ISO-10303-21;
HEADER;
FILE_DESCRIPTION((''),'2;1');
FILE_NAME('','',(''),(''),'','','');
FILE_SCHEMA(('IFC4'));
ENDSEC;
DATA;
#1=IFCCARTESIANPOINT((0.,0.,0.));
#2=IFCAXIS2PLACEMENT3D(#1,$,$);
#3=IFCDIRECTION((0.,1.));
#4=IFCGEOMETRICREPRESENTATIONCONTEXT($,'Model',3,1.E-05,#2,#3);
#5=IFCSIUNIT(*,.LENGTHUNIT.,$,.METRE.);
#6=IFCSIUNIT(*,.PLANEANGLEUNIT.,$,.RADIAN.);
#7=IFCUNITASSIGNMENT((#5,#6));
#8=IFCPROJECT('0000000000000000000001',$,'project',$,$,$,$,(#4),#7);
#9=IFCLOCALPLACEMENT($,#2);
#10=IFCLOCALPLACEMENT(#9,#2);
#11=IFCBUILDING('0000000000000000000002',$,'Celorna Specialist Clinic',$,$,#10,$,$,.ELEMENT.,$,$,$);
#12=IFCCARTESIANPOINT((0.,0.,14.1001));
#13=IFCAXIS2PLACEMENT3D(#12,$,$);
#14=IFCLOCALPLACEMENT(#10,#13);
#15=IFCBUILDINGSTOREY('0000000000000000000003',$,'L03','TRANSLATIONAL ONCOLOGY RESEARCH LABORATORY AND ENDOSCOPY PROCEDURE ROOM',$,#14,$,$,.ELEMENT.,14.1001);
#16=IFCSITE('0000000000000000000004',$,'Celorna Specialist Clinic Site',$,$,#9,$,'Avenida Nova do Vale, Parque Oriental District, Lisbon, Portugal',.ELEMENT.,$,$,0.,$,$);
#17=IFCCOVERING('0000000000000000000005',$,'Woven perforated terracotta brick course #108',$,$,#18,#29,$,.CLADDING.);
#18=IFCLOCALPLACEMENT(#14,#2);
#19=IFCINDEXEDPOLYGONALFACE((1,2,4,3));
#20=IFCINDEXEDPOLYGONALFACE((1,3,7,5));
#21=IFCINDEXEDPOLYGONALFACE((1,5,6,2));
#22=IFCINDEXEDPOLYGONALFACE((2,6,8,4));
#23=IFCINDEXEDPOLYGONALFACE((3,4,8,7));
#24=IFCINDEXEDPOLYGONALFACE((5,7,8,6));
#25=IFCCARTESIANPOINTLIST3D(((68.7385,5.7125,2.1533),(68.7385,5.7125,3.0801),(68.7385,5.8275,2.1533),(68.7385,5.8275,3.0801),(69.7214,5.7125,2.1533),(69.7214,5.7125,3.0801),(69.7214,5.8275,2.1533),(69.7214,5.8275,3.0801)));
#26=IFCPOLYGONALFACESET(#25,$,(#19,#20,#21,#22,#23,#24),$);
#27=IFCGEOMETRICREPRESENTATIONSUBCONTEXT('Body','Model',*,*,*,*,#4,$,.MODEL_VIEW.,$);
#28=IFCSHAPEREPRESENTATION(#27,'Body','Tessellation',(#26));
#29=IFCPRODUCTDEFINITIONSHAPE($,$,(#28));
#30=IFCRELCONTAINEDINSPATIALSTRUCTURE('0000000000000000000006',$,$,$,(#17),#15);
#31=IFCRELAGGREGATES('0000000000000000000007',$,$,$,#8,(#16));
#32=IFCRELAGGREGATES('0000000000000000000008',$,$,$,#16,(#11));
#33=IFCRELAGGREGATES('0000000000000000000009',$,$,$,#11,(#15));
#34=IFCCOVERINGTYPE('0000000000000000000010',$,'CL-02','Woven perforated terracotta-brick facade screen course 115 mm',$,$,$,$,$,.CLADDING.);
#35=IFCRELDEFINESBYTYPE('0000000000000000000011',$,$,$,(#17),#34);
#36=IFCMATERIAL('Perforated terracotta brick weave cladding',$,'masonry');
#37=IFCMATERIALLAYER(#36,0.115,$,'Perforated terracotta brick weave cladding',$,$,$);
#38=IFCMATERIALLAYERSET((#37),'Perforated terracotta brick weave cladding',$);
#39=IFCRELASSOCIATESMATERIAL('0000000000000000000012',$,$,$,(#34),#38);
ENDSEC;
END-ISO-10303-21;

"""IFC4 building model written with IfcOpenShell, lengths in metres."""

from ifc_helpers import new_model, si_unit, direction, frame, origin, origin_2d, place, context, subcontext, project, spatial, rectangle, extrude, material, layer, layer_set, type_object, element, save


model = new_model("IFC4")

# Units and contexts
model_context = context("Model", 3, precision=1e-05, world=origin(), true_north=direction((0.0, 1.0)))
body_context = subcontext(model_context, "Body", "Model", "MODEL_VIEW")
ifc_project = project(units=[si_unit("LENGTHUNIT", "METRE"), si_unit("PLANEANGLEUNIT", "RADIAN")], contexts=[model_context])

# Site, building, storey
site_placement = place(None, origin())
site = spatial("IfcSite", under=ifc_project, at=site_placement, Name="Celorna Specialist Clinic Site", LongName="Avenida Nova do Vale, Parque Oriental District, Lisbon, Portugal", CompositionType="ELEMENT", RefElevation=0.0)
building_placement = place(site_placement, origin())
building = spatial("IfcBuilding", under=site, at=building_placement, Name="Celorna Specialist Clinic", CompositionType="ELEMENT")
storey_placement = place(building_placement, frame((0.0, 0.0, 14.1001)))
storey = spatial("IfcBuildingStorey", under=building, at=storey_placement, Name="L03", Description="TRANSLATIONAL ONCOLOGY RESEARCH LABORATORY AND ENDOSCOPY PROCEDURE ROOM", CompositionType="ELEMENT", Elevation=14.1001)

# Covering
ifc_material_1 = material(Name="Perforated terracotta brick weave cladding", Category="masonry")
ifc_layer_1 = layer(ifc_material_1, 0.115, Name="Perforated terracotta brick weave cladding")
ifc_layer_set_1 = layer_set([ifc_layer_1], Name="Perforated terracotta brick weave cladding")
covering_type = type_object("IfcCoveringType", Name="CL-02", Description="Woven perforated terracotta-brick facade screen course 115 mm", PredefinedType="CLADDING", material=ifc_layer_set_1)
covering_1_placement = place(storey_placement, frame((69.23, 5.77, 2.1533), z_axis=(0.0, 0.0, 1.0), x_axis=(1.0, 0.0, 0.0)))
element("IfcCovering", 1, at=covering_1_placement, inside=storey, type_object=covering_type, Name="Woven perforated terracotta brick course #108", PredefinedType="CLADDING", context=body_context, shape_type="SweptSolid", body=[
    extrude(rectangle(XDim=0.9829, YDim=0.115, at=origin_2d()), origin(), (0.0, 0.0, 1.0), 0.9268),
])

save(model, "model.ifc")
